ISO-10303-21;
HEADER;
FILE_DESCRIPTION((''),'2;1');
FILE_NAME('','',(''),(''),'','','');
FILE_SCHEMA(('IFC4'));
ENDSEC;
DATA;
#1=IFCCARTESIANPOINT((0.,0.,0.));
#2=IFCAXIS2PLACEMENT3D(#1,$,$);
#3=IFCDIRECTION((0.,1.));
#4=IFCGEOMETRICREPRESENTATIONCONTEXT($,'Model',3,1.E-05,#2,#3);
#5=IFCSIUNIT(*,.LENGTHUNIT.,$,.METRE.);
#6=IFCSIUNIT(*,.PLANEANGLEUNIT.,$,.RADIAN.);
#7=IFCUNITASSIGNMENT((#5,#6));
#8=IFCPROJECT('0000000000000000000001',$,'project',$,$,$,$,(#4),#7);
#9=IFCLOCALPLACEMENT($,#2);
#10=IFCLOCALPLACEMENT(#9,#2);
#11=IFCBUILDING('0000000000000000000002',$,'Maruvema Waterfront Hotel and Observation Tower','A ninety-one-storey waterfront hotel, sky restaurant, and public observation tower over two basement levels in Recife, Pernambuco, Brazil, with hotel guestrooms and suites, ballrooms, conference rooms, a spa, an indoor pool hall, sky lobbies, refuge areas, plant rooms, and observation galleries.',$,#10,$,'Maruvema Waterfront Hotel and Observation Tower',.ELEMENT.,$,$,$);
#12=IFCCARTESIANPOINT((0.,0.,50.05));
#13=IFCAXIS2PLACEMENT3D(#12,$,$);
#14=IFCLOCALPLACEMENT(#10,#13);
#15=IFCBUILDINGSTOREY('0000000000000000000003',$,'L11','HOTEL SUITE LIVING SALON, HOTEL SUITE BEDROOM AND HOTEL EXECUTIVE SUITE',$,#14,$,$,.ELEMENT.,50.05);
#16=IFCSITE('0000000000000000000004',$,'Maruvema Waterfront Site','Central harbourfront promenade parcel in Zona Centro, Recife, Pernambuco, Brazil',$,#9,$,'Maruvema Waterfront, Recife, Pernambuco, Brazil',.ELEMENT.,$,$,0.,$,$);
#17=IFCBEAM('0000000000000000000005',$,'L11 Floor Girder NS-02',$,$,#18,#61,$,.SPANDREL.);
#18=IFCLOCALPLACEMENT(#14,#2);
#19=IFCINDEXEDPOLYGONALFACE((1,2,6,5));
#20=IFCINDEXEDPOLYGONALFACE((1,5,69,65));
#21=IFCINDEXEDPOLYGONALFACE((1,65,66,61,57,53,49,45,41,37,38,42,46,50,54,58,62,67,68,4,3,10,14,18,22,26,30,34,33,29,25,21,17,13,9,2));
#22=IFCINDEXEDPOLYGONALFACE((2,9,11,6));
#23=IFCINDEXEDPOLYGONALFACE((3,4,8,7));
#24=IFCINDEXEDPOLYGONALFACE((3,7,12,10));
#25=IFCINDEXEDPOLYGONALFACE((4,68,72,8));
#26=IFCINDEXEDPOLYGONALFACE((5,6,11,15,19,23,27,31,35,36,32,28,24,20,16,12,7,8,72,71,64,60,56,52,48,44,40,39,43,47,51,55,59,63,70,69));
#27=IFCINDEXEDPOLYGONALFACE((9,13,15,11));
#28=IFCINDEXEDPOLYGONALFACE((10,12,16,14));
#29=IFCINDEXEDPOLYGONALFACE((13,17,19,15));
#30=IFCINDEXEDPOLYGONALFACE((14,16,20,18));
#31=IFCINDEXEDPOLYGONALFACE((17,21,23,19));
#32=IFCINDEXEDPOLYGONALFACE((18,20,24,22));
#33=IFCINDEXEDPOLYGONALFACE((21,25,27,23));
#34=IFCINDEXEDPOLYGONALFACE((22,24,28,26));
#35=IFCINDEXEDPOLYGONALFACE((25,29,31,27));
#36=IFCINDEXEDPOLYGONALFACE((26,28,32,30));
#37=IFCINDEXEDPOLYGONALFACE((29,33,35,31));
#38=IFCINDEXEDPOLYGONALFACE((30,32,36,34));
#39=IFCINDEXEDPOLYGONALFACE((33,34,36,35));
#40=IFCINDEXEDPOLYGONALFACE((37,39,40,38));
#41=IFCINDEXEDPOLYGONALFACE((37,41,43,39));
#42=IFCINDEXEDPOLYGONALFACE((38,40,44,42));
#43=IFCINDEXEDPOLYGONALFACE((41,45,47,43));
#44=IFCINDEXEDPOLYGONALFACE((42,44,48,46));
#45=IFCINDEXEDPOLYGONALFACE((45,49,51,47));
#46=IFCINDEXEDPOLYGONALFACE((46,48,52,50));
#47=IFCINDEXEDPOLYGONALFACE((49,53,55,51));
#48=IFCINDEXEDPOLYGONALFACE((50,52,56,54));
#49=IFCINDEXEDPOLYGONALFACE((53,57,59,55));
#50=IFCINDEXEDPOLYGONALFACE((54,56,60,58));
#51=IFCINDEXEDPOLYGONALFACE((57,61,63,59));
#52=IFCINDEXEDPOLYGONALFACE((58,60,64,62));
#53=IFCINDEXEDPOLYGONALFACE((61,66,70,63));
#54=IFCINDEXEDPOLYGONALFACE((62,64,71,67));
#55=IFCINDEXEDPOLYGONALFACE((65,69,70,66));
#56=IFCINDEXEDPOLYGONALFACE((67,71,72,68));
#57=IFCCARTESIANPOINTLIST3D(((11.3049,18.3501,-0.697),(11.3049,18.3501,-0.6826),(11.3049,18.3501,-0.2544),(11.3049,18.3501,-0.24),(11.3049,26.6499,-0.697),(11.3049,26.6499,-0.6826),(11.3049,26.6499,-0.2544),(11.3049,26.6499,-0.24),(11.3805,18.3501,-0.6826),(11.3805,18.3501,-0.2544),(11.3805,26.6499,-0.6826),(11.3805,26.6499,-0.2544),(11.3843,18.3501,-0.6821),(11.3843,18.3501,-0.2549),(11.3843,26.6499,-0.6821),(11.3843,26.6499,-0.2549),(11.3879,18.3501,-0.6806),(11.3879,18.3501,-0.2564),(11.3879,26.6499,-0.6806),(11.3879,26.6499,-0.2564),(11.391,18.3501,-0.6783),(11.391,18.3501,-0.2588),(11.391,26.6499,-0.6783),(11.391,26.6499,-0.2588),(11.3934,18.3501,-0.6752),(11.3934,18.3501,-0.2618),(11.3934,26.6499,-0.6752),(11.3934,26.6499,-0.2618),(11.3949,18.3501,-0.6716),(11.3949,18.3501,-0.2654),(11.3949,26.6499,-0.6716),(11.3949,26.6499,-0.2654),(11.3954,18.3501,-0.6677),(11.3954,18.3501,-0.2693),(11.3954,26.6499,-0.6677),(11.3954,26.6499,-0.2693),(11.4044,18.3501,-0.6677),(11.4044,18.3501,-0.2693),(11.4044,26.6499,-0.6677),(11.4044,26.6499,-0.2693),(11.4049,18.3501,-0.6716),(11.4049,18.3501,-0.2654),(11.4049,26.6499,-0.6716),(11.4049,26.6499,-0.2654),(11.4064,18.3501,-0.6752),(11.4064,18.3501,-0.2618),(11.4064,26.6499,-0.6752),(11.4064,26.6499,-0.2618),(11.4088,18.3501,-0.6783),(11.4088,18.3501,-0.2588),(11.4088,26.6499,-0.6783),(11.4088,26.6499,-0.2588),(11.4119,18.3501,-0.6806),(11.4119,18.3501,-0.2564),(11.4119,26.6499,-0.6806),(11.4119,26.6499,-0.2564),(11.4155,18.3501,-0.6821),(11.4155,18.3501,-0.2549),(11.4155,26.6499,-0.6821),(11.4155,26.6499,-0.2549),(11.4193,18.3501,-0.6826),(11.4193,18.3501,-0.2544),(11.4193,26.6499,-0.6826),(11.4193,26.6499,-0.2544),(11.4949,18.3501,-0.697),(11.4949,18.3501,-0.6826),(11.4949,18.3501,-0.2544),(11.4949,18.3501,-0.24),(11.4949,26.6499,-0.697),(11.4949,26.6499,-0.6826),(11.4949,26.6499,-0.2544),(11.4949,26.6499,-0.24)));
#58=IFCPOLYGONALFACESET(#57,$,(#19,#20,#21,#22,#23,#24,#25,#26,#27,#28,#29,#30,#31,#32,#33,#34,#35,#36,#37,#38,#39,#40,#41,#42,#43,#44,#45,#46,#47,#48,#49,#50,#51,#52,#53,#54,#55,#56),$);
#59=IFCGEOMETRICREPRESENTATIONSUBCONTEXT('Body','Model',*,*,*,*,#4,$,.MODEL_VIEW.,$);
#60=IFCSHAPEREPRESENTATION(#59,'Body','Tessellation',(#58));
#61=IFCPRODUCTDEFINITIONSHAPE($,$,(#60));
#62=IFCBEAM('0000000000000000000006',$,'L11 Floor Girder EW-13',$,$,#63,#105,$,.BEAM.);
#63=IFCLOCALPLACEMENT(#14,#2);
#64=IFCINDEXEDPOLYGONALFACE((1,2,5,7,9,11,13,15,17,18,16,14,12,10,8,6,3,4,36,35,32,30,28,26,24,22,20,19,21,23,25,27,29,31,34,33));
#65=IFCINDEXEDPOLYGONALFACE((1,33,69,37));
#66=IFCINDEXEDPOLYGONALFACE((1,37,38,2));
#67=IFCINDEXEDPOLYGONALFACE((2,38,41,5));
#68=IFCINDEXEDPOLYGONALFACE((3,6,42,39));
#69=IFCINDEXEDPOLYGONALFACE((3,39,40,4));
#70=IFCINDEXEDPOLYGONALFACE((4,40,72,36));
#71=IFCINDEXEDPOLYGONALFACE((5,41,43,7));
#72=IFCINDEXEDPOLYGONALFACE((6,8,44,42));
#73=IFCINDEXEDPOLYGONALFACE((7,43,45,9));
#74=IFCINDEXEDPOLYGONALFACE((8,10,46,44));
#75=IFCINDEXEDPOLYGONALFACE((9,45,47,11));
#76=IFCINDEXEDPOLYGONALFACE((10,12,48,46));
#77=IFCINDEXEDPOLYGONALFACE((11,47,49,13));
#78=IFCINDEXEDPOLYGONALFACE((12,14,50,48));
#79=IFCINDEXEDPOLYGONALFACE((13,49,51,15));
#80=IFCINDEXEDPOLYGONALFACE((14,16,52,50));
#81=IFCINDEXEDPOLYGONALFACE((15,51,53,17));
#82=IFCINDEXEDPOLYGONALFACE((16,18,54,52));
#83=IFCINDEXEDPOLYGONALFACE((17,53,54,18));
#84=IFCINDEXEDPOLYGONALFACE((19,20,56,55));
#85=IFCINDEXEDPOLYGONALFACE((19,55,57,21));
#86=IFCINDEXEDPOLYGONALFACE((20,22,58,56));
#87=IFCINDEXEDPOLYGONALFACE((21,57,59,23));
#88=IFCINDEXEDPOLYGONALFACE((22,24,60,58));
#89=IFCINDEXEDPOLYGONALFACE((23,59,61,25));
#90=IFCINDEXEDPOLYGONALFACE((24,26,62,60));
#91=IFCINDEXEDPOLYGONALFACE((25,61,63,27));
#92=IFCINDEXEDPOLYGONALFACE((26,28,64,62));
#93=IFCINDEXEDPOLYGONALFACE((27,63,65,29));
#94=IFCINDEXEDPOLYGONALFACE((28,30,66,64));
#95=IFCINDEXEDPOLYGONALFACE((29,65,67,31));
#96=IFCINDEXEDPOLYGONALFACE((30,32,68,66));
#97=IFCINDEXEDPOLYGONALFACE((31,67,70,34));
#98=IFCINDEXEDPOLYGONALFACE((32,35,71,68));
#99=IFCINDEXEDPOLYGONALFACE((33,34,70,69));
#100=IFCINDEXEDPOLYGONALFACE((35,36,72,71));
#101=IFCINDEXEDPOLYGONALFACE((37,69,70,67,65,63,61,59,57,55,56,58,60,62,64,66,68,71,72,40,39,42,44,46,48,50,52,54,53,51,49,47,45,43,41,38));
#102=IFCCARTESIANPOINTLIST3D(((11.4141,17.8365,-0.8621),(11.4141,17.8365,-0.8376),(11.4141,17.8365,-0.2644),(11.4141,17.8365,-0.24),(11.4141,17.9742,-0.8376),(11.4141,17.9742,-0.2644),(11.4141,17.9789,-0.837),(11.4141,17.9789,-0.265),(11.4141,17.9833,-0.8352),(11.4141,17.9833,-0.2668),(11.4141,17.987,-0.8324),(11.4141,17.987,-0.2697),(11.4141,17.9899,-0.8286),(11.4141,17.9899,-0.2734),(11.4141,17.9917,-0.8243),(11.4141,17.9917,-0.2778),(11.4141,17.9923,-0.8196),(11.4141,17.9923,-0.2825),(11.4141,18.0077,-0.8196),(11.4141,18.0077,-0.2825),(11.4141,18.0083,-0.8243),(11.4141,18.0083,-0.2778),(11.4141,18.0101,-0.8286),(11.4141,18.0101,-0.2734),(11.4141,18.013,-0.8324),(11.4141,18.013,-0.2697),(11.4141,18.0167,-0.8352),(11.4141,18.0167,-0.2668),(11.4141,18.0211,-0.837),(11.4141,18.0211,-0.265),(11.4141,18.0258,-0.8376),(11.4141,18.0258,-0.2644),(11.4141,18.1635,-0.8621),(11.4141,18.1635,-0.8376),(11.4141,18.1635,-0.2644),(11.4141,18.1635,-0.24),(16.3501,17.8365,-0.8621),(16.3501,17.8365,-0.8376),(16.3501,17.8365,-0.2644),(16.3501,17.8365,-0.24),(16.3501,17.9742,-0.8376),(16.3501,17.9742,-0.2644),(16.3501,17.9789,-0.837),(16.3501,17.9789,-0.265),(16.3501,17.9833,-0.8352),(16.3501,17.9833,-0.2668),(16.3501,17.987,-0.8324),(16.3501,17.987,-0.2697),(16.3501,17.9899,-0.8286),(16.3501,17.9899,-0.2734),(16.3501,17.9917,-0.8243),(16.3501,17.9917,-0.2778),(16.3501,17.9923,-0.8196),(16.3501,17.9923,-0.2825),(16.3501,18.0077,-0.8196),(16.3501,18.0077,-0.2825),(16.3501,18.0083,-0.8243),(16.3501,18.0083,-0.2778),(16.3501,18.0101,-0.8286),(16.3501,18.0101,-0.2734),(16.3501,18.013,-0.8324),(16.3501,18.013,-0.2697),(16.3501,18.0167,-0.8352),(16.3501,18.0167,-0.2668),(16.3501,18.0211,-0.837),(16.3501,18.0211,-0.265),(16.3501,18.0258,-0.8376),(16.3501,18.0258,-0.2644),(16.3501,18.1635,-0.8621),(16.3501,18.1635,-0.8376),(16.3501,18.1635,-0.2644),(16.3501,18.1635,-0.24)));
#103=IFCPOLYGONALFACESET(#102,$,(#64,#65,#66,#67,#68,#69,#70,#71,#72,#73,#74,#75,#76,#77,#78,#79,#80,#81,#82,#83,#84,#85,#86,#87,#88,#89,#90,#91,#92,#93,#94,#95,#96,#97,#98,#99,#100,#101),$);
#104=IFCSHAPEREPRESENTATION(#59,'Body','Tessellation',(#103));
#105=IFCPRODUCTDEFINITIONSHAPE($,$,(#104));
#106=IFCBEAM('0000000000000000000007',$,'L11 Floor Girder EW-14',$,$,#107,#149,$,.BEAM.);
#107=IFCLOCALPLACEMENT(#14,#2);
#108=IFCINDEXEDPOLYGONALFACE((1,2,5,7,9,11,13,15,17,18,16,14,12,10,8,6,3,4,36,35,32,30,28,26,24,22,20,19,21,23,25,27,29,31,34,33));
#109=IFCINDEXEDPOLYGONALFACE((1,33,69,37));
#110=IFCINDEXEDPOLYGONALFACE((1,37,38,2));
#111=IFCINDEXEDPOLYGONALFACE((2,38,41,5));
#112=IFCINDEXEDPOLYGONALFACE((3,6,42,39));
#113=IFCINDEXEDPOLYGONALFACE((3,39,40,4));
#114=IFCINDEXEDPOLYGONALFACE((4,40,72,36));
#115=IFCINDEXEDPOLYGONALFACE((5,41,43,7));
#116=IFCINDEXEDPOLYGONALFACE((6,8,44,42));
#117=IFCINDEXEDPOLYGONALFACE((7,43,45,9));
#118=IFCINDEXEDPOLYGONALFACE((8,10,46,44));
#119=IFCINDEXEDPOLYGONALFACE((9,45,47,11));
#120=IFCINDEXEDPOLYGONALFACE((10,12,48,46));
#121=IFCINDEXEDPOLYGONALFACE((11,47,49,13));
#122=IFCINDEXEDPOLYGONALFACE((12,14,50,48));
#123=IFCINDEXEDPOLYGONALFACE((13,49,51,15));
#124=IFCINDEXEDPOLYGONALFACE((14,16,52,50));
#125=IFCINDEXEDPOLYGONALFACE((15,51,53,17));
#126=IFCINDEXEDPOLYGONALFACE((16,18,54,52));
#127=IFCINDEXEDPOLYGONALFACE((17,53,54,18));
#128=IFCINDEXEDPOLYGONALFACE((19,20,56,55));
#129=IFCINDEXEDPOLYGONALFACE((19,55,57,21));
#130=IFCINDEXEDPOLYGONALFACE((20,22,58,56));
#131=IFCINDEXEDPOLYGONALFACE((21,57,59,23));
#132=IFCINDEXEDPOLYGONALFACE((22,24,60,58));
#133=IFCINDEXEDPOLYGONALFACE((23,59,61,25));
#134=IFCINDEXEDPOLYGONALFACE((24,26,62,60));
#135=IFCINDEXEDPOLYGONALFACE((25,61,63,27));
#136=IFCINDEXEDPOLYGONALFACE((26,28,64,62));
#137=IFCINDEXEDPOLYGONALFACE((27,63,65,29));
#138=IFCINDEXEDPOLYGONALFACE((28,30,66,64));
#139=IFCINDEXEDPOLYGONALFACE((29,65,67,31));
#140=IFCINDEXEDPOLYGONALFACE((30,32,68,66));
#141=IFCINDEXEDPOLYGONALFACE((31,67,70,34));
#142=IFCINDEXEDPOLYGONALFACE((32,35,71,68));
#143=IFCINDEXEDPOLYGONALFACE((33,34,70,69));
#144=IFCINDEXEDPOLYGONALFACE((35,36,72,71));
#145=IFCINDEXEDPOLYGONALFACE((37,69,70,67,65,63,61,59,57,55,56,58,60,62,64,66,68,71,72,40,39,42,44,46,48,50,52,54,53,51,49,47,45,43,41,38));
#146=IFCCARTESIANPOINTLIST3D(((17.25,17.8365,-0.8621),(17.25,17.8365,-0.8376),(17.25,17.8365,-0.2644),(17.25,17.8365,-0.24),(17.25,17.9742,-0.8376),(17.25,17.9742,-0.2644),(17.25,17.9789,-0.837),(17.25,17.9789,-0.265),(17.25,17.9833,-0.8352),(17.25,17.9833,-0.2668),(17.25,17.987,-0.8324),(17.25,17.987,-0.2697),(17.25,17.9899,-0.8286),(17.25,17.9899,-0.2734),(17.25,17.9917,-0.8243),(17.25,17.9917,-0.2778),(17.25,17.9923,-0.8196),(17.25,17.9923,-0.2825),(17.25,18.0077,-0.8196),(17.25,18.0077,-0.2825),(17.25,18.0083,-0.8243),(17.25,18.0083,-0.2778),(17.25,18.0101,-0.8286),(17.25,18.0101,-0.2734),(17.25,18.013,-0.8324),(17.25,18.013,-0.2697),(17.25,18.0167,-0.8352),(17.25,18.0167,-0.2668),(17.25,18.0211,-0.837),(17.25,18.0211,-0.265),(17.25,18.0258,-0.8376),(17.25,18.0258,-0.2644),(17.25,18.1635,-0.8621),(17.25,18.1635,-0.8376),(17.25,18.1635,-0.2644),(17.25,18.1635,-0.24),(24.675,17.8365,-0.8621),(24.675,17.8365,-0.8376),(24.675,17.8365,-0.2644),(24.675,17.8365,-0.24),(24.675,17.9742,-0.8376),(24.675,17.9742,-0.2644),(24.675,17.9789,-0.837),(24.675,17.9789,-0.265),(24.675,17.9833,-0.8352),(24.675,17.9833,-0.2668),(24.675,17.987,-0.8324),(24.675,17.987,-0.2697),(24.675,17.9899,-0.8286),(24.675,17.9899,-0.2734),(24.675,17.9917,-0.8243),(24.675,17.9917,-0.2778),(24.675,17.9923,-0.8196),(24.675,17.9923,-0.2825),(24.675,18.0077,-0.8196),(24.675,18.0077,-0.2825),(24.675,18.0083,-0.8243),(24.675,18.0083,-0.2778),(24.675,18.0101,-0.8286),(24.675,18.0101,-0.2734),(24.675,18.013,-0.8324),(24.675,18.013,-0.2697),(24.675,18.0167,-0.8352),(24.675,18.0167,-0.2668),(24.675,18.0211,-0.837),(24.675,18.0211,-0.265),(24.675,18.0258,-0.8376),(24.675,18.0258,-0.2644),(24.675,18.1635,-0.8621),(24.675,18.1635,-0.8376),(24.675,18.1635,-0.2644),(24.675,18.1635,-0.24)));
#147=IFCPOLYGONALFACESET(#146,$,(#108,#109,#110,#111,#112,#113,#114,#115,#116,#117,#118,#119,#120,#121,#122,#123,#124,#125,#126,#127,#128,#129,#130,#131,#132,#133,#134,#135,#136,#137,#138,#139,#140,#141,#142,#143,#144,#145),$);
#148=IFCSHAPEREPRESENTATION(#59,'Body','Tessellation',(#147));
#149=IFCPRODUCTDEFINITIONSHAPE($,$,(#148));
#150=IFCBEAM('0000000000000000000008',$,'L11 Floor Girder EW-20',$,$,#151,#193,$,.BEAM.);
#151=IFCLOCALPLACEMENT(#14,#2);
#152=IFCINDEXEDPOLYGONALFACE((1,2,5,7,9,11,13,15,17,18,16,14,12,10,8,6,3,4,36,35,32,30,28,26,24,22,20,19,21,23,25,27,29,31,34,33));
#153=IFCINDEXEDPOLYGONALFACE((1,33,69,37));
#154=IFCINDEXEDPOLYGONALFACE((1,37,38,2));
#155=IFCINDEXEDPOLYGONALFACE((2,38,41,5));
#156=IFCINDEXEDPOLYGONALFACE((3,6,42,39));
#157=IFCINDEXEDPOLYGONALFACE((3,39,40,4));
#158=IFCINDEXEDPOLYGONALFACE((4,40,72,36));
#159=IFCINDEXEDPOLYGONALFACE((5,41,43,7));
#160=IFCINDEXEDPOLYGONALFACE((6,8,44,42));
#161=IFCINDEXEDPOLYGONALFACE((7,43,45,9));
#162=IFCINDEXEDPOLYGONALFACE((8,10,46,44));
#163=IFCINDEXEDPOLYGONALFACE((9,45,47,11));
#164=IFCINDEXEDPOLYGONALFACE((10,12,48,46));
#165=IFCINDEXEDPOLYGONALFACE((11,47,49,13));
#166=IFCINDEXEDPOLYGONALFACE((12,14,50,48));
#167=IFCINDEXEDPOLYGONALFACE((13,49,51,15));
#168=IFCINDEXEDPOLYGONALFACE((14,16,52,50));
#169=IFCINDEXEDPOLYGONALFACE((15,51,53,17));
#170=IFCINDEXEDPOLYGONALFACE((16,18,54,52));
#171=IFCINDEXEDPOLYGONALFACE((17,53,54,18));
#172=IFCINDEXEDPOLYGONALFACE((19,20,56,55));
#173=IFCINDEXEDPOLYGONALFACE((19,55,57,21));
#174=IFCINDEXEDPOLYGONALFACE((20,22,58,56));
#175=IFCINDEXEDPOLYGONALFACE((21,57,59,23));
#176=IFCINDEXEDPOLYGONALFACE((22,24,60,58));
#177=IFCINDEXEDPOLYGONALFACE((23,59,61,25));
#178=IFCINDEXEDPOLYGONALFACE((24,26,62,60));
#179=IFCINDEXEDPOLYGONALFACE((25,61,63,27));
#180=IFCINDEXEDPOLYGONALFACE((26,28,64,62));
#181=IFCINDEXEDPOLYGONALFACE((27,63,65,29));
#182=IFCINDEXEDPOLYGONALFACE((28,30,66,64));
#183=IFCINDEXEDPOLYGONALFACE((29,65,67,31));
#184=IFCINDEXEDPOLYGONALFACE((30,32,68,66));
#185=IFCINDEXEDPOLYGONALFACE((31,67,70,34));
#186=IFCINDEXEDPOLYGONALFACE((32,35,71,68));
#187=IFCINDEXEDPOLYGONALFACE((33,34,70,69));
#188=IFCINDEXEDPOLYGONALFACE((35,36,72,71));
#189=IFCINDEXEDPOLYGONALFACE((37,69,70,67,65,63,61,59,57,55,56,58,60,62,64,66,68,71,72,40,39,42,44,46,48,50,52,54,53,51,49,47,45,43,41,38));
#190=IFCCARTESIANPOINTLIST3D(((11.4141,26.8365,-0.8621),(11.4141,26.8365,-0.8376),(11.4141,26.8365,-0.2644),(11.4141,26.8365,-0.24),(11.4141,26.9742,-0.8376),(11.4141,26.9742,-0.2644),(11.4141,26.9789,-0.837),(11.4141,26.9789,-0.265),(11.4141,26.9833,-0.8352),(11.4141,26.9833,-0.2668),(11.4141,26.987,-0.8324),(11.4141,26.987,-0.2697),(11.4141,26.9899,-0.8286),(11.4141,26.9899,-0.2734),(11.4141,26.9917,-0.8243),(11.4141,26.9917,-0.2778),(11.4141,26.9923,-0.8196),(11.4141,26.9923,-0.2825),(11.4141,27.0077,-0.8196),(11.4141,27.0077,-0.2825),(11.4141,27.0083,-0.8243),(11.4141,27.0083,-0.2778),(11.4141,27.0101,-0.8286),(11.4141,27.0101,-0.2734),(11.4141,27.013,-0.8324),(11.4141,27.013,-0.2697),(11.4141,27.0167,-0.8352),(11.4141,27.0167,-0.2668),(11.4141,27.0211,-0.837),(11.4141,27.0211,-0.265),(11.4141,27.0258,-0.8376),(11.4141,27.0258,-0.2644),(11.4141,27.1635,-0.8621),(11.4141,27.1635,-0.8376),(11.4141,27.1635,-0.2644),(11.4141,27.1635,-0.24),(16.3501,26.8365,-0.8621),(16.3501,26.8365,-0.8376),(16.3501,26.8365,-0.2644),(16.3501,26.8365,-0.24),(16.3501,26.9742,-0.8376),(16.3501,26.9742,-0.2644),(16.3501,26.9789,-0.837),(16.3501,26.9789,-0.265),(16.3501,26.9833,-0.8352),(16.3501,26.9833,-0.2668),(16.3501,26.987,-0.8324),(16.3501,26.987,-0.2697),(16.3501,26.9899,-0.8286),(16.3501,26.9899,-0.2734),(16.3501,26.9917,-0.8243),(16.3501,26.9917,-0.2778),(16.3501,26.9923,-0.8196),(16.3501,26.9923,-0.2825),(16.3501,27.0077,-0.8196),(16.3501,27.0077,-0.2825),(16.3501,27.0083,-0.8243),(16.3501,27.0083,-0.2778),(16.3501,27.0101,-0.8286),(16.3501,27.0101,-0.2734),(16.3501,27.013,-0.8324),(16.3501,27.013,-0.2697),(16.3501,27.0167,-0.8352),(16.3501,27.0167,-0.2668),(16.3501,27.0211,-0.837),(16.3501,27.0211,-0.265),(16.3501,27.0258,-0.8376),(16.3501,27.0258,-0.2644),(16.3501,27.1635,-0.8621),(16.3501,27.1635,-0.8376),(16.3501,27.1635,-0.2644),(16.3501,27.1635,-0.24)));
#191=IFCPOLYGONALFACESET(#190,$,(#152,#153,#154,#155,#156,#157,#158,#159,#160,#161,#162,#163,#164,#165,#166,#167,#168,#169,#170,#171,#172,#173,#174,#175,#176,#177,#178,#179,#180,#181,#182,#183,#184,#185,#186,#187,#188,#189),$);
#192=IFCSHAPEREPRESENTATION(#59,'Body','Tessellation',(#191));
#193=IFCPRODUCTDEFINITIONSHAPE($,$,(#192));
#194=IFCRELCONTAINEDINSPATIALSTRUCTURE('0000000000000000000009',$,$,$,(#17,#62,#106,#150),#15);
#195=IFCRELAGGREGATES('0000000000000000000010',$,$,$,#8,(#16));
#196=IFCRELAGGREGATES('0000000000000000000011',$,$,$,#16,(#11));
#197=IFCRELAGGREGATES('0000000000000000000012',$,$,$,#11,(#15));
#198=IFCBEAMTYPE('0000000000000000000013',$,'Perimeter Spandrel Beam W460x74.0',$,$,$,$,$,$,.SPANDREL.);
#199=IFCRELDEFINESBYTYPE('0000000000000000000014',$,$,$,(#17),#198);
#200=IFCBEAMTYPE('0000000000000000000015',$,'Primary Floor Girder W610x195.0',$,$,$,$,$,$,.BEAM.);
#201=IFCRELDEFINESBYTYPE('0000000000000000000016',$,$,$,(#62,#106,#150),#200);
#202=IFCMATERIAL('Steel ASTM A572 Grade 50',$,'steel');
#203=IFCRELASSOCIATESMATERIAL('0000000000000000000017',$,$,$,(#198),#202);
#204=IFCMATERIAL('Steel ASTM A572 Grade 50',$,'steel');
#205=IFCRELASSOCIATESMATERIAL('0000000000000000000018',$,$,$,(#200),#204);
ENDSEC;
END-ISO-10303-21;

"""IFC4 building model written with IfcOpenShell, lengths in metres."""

from ifc_helpers import new_model, si_unit, direction, frame, origin, origin_2d, place, context, subcontext, project, spatial, i_section, extrude, material, material_profile, profile_set, type_object, element, save


model = new_model("IFC4")

# Units and contexts
model_context = context("Model", 3, precision=1e-05, world=origin(), true_north=direction((0.0, 1.0)))
body_context = subcontext(model_context, "Body", "Model", "MODEL_VIEW")
ifc_project = project(units=[si_unit("LENGTHUNIT", "METRE"), si_unit("PLANEANGLEUNIT", "RADIAN")], contexts=[model_context])

# Site, building, storey
site_placement = place(None, origin())
site = spatial("IfcSite", under=ifc_project, at=site_placement, Name="Maruvema Waterfront Site", Description="Central harbourfront promenade parcel in Zona Centro, Recife, Pernambuco, Brazil", LongName="Maruvema Waterfront, Recife, Pernambuco, Brazil", CompositionType="ELEMENT", RefElevation=0.0)
building_placement = place(site_placement, origin())
building = spatial("IfcBuilding", under=site, at=building_placement, Name="Maruvema Waterfront Hotel and Observation Tower", Description="A ninety-one-storey waterfront hotel, sky restaurant, and public observation tower over two basement levels in Recife, Pernambuco, Brazil, with hotel guestrooms and suites, ballrooms, conference rooms, a spa, an indoor pool hall, sky lobbies, refuge areas, plant rooms, and observation galleries.", LongName="Maruvema Waterfront Hotel and Observation Tower", CompositionType="ELEMENT")
storey_placement = place(building_placement, frame((0.0, 0.0, 50.05)))
storey = spatial("IfcBuildingStorey", under=building, at=storey_placement, Name="L11", Description="HOTEL SUITE LIVING SALON, HOTEL SUITE BEDROOM AND HOTEL EXECUTIVE SUITE", CompositionType="ELEMENT", Elevation=50.05)

# Beams
ifc_material_1 = material(Name="Steel ASTM A572 Grade 50", Category="steel")
ifc_material_profile_1 = material_profile(ifc_material_1, i_section(OverallWidth=0.1899, OverallDepth=0.457, WebThickness=0.009, FlangeThickness=0.0144, FilletRadius=0.0149, at=origin_2d()), Name="W460x74.0")
ifc_profile_set_1 = profile_set([ifc_material_profile_1], Name="Steel ASTM A572 Grade 50")
beam_type_1 = type_object("IfcBeamType", Name="Perimeter Spandrel Beam W460x74.0", PredefinedType="SPANDREL", material=ifc_profile_set_1)
beam_1_placement = place(storey_placement, frame((11.3999, 18.3501, -0.4685), z_axis=(0.0, 1.0, 0.0), x_axis=(-1.0, 0.0, 0.0)))
element("IfcBeam", 1, at=beam_1_placement, inside=storey, type_object=beam_type_1, Name="L11 Floor Girder NS-02", PredefinedType="SPANDREL", context=body_context, shape_type="SweptSolid", body=[
    extrude(i_section(OverallWidth=0.1899, OverallDepth=0.457, WebThickness=0.009, FlangeThickness=0.0144, FilletRadius=0.0149, at=origin_2d()), origin(), (0.0, 0.0, 1.0), 8.2998),
])
ifc_material_2 = material(Name="Steel ASTM A572 Grade 50", Category="steel")
ifc_material_profile_2 = material_profile(ifc_material_2, i_section(OverallWidth=0.3269, OverallDepth=0.6221, WebThickness=0.0154, FlangeThickness=0.0244, FilletRadius=0.0181, at=origin_2d()), Name="W610x195.0")
ifc_profile_set_2 = profile_set([ifc_material_profile_2], Name="Steel ASTM A572 Grade 50")
beam_type_2 = type_object("IfcBeamType", Name="Primary Floor Girder W610x195.0", PredefinedType="BEAM", material=ifc_profile_set_2)
beam_2_placement = place(storey_placement, frame((11.4141, 18.0, -0.551), z_axis=(1.0, 0.0, 0.0), x_axis=(0.0, 1.0, 0.0)))
element("IfcBeam", 2, at=beam_2_placement, inside=storey, type_object=beam_type_2, Name="L11 Floor Girder EW-13", PredefinedType="BEAM", context=body_context, shape_type="SweptSolid", body=[
    extrude(i_section(OverallWidth=0.3269, OverallDepth=0.6221, WebThickness=0.0154, FlangeThickness=0.0244, FilletRadius=0.0181, at=origin_2d()), origin(), (0.0, 0.0, 1.0), 4.936),
])
beam_3_placement = place(storey_placement, frame((17.25, 18.0, -0.551), z_axis=(1.0, 0.0, 0.0), x_axis=(0.0, 1.0, 0.0)))
element("IfcBeam", 3, at=beam_3_placement, inside=storey, type_object=beam_type_2, Name="L11 Floor Girder EW-14", PredefinedType="BEAM", context=body_context, shape_type="SweptSolid", body=[
    extrude(i_section(OverallWidth=0.3269, OverallDepth=0.6221, WebThickness=0.0154, FlangeThickness=0.0244, FilletRadius=0.0181, at=origin_2d()), origin(), (0.0, 0.0, 1.0), 7.425),
])
beam_4_placement = place(storey_placement, frame((11.4141, 27.0, -0.551), z_axis=(1.0, 0.0, 0.0), x_axis=(0.0, 1.0, 0.0)))
element("IfcBeam", 4, at=beam_4_placement, inside=storey, type_object=beam_type_2, Name="L11 Floor Girder EW-20", PredefinedType="BEAM", context=body_context, shape_type="SweptSolid", body=[
    extrude(i_section(OverallWidth=0.3269, OverallDepth=0.6221, WebThickness=0.0154, FlangeThickness=0.0244, FilletRadius=0.0181, at=origin_2d()), origin(), (0.0, 0.0, 1.0), 4.936),
])

save(model, "model.ifc")
